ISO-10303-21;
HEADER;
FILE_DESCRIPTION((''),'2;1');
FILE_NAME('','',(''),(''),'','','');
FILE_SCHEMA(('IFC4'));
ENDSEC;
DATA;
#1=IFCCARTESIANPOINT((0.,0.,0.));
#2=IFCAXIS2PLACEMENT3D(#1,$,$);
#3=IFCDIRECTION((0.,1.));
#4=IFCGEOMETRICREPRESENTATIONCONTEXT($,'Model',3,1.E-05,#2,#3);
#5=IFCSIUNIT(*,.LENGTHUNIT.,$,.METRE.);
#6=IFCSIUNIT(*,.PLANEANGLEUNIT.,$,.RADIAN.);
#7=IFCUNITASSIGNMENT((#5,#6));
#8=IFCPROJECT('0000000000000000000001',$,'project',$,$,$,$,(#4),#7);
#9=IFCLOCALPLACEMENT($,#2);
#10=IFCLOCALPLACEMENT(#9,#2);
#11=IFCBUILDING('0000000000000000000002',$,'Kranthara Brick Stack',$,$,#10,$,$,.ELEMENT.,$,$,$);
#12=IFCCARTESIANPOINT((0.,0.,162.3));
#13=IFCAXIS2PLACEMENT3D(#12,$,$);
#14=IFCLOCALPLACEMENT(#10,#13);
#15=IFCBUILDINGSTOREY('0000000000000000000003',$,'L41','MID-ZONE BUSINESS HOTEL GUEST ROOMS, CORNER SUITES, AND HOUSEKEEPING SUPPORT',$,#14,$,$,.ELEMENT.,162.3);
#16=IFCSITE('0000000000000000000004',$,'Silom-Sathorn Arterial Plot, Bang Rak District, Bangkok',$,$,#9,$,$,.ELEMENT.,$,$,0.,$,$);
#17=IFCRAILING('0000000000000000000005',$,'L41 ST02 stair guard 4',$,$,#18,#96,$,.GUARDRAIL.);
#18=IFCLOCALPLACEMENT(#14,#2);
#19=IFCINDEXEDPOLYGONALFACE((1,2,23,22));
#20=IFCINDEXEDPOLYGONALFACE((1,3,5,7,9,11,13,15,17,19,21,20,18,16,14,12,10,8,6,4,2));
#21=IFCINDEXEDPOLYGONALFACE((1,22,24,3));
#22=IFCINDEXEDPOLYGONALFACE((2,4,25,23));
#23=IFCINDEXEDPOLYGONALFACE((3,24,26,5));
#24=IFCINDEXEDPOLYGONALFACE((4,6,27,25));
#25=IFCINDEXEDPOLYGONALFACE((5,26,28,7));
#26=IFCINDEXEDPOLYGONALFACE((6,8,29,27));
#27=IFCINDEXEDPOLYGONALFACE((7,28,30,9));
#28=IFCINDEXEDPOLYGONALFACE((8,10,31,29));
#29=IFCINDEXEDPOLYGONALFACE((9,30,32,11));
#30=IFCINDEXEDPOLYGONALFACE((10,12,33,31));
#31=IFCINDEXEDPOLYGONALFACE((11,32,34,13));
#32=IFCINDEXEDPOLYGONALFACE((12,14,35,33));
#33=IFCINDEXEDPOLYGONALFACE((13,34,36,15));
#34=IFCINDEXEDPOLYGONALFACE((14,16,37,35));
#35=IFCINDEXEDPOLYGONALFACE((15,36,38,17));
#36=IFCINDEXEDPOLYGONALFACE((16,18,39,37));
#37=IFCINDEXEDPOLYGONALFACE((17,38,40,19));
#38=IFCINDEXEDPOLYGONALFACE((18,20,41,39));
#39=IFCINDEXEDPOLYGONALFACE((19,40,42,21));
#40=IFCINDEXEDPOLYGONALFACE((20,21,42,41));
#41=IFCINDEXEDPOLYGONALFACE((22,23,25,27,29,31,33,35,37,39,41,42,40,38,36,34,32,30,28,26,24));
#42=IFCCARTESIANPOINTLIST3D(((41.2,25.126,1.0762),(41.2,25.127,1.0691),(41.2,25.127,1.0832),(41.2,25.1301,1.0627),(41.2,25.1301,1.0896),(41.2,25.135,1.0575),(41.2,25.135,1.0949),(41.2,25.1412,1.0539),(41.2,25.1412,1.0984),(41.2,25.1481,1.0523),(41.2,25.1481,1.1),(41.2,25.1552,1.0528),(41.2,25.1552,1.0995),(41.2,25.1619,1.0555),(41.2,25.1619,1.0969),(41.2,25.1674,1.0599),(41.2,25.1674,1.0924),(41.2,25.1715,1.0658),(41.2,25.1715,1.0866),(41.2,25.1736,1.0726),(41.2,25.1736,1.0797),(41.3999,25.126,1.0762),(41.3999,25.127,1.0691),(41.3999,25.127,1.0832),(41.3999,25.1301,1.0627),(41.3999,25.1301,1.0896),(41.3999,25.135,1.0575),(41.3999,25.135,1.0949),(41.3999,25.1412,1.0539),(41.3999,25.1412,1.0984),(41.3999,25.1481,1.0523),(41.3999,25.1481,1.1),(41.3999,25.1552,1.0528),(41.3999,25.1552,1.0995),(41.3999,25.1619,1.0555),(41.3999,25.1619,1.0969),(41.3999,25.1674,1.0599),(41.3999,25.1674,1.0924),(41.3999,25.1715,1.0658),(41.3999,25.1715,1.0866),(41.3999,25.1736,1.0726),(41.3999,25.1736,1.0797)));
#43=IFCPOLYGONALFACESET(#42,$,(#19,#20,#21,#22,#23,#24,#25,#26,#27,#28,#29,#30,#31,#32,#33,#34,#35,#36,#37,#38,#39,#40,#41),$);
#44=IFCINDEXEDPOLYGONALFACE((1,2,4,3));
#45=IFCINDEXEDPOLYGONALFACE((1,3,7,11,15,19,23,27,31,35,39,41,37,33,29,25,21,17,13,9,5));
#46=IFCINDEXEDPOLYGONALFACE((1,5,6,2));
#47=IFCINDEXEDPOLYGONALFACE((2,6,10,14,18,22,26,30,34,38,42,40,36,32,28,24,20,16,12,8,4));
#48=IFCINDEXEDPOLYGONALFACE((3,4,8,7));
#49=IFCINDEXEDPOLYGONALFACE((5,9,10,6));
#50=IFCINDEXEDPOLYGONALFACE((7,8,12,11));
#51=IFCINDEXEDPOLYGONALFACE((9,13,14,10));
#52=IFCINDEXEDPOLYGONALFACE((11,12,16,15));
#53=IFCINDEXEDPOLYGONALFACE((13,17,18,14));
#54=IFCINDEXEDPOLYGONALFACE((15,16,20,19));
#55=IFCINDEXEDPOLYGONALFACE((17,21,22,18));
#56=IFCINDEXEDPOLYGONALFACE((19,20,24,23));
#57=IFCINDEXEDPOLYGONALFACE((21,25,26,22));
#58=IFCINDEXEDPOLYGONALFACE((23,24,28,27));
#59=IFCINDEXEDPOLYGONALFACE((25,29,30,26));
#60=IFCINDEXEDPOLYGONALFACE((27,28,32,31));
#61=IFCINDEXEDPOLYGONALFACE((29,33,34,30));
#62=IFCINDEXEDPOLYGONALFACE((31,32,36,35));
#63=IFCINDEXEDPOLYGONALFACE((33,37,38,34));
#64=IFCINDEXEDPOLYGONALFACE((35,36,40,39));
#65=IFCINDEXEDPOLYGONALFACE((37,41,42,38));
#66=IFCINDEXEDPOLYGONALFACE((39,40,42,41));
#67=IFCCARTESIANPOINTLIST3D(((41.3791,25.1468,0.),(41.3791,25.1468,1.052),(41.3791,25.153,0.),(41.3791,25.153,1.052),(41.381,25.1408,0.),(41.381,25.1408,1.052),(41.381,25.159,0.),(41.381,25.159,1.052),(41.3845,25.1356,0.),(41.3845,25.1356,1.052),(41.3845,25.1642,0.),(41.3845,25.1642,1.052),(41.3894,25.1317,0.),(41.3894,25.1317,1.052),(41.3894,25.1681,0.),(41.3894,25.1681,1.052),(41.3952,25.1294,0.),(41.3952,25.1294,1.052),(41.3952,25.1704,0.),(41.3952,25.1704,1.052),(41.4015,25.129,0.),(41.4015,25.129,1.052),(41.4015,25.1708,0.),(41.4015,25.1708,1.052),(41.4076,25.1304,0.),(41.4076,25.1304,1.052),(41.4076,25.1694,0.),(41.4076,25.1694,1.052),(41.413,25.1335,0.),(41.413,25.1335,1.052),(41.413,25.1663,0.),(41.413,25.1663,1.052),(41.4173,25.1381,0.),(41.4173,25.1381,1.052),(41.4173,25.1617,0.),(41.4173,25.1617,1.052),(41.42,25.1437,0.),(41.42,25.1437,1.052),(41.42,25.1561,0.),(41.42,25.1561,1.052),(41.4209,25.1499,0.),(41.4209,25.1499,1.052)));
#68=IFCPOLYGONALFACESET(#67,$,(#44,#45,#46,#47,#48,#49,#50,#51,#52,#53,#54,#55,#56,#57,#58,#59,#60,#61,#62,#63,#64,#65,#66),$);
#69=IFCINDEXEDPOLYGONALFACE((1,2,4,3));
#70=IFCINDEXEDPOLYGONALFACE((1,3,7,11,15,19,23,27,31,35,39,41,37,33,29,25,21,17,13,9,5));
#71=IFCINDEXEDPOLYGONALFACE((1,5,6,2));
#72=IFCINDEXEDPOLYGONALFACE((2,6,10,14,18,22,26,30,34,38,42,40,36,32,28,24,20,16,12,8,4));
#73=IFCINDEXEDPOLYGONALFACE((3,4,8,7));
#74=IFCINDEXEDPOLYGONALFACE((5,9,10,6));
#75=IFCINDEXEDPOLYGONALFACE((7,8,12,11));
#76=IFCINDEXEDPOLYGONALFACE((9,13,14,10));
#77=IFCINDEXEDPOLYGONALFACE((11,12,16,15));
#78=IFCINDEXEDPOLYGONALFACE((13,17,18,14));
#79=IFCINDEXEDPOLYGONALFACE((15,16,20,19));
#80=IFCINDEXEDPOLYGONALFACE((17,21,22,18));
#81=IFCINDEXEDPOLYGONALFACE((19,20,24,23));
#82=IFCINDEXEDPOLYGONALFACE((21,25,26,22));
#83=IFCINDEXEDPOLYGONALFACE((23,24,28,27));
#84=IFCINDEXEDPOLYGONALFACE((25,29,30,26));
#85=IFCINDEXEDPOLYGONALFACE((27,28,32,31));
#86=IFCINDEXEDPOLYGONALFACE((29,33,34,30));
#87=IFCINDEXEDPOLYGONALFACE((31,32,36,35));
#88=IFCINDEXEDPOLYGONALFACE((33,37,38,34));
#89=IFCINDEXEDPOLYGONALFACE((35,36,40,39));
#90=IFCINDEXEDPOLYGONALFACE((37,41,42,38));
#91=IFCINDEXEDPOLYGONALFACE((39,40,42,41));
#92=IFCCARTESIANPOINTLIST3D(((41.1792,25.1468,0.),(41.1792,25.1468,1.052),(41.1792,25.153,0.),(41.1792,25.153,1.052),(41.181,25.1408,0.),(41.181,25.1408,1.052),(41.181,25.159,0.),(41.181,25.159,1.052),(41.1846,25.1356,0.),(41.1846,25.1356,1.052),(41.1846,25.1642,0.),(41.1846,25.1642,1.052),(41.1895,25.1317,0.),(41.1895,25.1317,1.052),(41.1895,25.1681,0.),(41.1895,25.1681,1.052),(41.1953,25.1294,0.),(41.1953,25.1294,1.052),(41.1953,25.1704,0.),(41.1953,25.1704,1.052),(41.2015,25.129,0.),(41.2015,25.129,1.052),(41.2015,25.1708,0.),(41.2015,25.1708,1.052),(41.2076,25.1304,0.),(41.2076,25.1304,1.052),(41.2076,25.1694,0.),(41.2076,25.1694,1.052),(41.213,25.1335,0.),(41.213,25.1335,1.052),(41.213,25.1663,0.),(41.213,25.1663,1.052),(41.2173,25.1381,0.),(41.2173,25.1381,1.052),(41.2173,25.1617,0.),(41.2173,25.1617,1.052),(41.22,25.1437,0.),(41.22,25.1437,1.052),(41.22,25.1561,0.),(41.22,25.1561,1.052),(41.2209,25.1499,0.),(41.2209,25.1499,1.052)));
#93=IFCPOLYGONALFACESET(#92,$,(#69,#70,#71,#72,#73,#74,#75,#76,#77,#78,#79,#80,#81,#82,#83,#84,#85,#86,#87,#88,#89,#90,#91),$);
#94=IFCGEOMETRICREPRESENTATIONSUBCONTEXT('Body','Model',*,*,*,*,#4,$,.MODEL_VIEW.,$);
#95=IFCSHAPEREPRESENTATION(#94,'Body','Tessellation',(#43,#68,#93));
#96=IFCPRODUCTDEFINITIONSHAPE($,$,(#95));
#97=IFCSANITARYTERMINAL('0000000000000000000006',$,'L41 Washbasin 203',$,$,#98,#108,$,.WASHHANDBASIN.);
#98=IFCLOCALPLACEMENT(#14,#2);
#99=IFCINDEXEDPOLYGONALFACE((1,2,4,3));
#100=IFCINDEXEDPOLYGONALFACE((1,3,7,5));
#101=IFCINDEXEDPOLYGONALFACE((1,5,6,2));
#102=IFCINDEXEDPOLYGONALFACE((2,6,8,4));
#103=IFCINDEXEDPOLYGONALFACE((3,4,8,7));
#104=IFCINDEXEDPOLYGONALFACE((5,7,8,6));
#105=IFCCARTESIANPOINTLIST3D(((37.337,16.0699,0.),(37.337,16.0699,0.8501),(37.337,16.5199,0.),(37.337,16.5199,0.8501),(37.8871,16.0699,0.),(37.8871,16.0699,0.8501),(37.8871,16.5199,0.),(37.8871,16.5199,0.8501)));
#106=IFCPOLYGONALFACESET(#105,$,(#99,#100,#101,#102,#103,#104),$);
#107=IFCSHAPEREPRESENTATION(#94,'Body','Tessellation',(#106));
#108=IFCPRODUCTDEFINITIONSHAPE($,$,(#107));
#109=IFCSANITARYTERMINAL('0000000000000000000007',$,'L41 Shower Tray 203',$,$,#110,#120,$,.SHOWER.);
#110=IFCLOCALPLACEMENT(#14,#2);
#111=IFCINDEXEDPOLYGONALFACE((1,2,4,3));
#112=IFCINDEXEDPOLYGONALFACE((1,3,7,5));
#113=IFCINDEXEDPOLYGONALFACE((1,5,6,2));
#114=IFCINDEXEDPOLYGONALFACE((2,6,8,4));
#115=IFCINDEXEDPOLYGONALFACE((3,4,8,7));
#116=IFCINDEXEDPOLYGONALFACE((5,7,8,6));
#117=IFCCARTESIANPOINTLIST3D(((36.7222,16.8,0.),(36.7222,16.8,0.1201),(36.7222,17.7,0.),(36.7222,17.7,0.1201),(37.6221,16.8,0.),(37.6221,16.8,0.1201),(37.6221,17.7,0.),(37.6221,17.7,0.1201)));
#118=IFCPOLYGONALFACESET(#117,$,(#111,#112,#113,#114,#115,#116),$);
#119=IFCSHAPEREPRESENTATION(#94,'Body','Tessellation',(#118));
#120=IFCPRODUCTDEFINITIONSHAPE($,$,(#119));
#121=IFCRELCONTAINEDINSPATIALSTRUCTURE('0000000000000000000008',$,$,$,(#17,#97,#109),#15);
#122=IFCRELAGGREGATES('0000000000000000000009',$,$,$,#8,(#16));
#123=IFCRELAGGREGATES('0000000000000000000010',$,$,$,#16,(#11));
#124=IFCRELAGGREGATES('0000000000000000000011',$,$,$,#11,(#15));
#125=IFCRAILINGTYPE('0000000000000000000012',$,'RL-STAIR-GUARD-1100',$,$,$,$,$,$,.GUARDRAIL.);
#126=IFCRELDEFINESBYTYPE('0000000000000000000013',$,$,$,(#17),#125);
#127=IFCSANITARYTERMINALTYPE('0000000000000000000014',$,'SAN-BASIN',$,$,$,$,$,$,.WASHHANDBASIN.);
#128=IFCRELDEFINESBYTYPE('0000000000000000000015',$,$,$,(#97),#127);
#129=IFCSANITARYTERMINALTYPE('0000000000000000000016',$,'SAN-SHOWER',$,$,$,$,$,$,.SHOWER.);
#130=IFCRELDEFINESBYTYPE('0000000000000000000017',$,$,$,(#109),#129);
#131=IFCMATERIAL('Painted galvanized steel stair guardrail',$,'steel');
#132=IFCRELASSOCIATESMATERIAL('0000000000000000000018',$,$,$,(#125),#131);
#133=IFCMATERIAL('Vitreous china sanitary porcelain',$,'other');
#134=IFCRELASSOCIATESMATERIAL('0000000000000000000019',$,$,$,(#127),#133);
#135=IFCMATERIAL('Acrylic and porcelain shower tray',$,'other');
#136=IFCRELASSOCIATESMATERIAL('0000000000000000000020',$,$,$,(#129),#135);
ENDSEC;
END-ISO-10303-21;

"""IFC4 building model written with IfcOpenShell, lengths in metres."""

from ifc_helpers import new_model, si_unit, direction, frame, origin, origin_2d, place, context, subcontext, project, spatial, rectangle, circle, extrude, material, type_object, element, save


model = new_model("IFC4")

# Units and contexts
model_context = context("Model", 3, precision=1e-05, world=origin(), true_north=direction((0.0, 1.0)))
body_context = subcontext(model_context, "Body", "Model", "MODEL_VIEW")
ifc_project = project(units=[si_unit("LENGTHUNIT", "METRE"), si_unit("PLANEANGLEUNIT", "RADIAN")], contexts=[model_context])

# Site, building, storey
site_placement = place(None, origin())
site = spatial("IfcSite", under=ifc_project, at=site_placement, Name="Silom-Sathorn Arterial Plot, Bang Rak District, Bangkok", CompositionType="ELEMENT", RefElevation=0.0)
building_placement = place(site_placement, origin())
building = spatial("IfcBuilding", under=site, at=building_placement, Name="Kranthara Brick Stack", CompositionType="ELEMENT")
storey_placement = place(building_placement, frame((0.0, 0.0, 162.3)))
storey = spatial("IfcBuildingStorey", under=building, at=storey_placement, Name="L41", Description="MID-ZONE BUSINESS HOTEL GUEST ROOMS, CORNER SUITES, AND HOUSEKEEPING SUPPORT", CompositionType="ELEMENT", Elevation=162.3)

# Railing
ifc_material_1 = material(Name="Painted galvanized steel stair guardrail", Category="steel")
railing_type = type_object("IfcRailingType", Name="RL-STAIR-GUARD-1100", PredefinedType="GUARDRAIL", material=ifc_material_1)
railing_1_placement = place(storey_placement, frame((41.3999, 25.1499, 0.0)))
element("IfcRailing", 1, at=railing_1_placement, inside=storey, type_object=railing_type, Name="L41 ST02 stair guard 4", PredefinedType="GUARDRAIL", context=body_context, shape_type="SweptSolid", body=[
    extrude(circle(Radius=0.0239, at=origin_2d()), frame((0.0, 0.0, 1.0762), z_axis=(-1.0, 0.0, 0.0), x_axis=(0.0, -1.0, 0.0)), (0.0, 0.0, 1.0), 0.2),
    extrude(circle(Radius=0.021, at=origin_2d()), origin(), (0.0, 0.0, 1.0), 1.052),
    extrude(circle(Radius=0.021, at=origin_2d()), frame((-0.2, 0.0, 0.0)), (0.0, 0.0, 1.0), 1.052),
])

# Sanitary terminals
ifc_material_2 = material(Name="Vitreous china sanitary porcelain", Category="other")
sanitary_terminal_type_1 = type_object("IfcSanitaryTerminalType", Name="SAN-BASIN", PredefinedType="WASHHANDBASIN", material=ifc_material_2)
sanitary_terminal_1_placement = place(storey_placement, frame((37.6121, 16.2949, 0.0), z_axis=(0.0, 0.0, 1.0), x_axis=(1.0, 0.0, 0.0)))
element("IfcSanitaryTerminal", 2, at=sanitary_terminal_1_placement, inside=storey, type_object=sanitary_terminal_type_1, Name="L41 Washbasin 203", PredefinedType="WASHHANDBASIN", context=body_context, shape_type="SweptSolid", body=[
    extrude(rectangle(XDim=0.55, YDim=0.45, at=origin_2d()), origin(), (0.0, 0.0, 1.0), 0.8501),
])
ifc_material_3 = material(Name="Acrylic and porcelain shower tray", Category="other")
sanitary_terminal_type_2 = type_object("IfcSanitaryTerminalType", Name="SAN-SHOWER", PredefinedType="SHOWER", material=ifc_material_3)
sanitary_terminal_2_placement = place(storey_placement, frame((37.1721, 17.25, 0.0), z_axis=(0.0, 0.0, 1.0), x_axis=(1.0, 0.0, 0.0)))
element("IfcSanitaryTerminal", 3, at=sanitary_terminal_2_placement, inside=storey, type_object=sanitary_terminal_type_2, Name="L41 Shower Tray 203", PredefinedType="SHOWER", context=body_context, shape_type="SweptSolid", body=[
    extrude(rectangle(XDim=0.8999, YDim=0.8999, at=origin_2d()), origin(), (0.0, 0.0, 1.0), 0.1201),
])

save(model, "model.ifc")
